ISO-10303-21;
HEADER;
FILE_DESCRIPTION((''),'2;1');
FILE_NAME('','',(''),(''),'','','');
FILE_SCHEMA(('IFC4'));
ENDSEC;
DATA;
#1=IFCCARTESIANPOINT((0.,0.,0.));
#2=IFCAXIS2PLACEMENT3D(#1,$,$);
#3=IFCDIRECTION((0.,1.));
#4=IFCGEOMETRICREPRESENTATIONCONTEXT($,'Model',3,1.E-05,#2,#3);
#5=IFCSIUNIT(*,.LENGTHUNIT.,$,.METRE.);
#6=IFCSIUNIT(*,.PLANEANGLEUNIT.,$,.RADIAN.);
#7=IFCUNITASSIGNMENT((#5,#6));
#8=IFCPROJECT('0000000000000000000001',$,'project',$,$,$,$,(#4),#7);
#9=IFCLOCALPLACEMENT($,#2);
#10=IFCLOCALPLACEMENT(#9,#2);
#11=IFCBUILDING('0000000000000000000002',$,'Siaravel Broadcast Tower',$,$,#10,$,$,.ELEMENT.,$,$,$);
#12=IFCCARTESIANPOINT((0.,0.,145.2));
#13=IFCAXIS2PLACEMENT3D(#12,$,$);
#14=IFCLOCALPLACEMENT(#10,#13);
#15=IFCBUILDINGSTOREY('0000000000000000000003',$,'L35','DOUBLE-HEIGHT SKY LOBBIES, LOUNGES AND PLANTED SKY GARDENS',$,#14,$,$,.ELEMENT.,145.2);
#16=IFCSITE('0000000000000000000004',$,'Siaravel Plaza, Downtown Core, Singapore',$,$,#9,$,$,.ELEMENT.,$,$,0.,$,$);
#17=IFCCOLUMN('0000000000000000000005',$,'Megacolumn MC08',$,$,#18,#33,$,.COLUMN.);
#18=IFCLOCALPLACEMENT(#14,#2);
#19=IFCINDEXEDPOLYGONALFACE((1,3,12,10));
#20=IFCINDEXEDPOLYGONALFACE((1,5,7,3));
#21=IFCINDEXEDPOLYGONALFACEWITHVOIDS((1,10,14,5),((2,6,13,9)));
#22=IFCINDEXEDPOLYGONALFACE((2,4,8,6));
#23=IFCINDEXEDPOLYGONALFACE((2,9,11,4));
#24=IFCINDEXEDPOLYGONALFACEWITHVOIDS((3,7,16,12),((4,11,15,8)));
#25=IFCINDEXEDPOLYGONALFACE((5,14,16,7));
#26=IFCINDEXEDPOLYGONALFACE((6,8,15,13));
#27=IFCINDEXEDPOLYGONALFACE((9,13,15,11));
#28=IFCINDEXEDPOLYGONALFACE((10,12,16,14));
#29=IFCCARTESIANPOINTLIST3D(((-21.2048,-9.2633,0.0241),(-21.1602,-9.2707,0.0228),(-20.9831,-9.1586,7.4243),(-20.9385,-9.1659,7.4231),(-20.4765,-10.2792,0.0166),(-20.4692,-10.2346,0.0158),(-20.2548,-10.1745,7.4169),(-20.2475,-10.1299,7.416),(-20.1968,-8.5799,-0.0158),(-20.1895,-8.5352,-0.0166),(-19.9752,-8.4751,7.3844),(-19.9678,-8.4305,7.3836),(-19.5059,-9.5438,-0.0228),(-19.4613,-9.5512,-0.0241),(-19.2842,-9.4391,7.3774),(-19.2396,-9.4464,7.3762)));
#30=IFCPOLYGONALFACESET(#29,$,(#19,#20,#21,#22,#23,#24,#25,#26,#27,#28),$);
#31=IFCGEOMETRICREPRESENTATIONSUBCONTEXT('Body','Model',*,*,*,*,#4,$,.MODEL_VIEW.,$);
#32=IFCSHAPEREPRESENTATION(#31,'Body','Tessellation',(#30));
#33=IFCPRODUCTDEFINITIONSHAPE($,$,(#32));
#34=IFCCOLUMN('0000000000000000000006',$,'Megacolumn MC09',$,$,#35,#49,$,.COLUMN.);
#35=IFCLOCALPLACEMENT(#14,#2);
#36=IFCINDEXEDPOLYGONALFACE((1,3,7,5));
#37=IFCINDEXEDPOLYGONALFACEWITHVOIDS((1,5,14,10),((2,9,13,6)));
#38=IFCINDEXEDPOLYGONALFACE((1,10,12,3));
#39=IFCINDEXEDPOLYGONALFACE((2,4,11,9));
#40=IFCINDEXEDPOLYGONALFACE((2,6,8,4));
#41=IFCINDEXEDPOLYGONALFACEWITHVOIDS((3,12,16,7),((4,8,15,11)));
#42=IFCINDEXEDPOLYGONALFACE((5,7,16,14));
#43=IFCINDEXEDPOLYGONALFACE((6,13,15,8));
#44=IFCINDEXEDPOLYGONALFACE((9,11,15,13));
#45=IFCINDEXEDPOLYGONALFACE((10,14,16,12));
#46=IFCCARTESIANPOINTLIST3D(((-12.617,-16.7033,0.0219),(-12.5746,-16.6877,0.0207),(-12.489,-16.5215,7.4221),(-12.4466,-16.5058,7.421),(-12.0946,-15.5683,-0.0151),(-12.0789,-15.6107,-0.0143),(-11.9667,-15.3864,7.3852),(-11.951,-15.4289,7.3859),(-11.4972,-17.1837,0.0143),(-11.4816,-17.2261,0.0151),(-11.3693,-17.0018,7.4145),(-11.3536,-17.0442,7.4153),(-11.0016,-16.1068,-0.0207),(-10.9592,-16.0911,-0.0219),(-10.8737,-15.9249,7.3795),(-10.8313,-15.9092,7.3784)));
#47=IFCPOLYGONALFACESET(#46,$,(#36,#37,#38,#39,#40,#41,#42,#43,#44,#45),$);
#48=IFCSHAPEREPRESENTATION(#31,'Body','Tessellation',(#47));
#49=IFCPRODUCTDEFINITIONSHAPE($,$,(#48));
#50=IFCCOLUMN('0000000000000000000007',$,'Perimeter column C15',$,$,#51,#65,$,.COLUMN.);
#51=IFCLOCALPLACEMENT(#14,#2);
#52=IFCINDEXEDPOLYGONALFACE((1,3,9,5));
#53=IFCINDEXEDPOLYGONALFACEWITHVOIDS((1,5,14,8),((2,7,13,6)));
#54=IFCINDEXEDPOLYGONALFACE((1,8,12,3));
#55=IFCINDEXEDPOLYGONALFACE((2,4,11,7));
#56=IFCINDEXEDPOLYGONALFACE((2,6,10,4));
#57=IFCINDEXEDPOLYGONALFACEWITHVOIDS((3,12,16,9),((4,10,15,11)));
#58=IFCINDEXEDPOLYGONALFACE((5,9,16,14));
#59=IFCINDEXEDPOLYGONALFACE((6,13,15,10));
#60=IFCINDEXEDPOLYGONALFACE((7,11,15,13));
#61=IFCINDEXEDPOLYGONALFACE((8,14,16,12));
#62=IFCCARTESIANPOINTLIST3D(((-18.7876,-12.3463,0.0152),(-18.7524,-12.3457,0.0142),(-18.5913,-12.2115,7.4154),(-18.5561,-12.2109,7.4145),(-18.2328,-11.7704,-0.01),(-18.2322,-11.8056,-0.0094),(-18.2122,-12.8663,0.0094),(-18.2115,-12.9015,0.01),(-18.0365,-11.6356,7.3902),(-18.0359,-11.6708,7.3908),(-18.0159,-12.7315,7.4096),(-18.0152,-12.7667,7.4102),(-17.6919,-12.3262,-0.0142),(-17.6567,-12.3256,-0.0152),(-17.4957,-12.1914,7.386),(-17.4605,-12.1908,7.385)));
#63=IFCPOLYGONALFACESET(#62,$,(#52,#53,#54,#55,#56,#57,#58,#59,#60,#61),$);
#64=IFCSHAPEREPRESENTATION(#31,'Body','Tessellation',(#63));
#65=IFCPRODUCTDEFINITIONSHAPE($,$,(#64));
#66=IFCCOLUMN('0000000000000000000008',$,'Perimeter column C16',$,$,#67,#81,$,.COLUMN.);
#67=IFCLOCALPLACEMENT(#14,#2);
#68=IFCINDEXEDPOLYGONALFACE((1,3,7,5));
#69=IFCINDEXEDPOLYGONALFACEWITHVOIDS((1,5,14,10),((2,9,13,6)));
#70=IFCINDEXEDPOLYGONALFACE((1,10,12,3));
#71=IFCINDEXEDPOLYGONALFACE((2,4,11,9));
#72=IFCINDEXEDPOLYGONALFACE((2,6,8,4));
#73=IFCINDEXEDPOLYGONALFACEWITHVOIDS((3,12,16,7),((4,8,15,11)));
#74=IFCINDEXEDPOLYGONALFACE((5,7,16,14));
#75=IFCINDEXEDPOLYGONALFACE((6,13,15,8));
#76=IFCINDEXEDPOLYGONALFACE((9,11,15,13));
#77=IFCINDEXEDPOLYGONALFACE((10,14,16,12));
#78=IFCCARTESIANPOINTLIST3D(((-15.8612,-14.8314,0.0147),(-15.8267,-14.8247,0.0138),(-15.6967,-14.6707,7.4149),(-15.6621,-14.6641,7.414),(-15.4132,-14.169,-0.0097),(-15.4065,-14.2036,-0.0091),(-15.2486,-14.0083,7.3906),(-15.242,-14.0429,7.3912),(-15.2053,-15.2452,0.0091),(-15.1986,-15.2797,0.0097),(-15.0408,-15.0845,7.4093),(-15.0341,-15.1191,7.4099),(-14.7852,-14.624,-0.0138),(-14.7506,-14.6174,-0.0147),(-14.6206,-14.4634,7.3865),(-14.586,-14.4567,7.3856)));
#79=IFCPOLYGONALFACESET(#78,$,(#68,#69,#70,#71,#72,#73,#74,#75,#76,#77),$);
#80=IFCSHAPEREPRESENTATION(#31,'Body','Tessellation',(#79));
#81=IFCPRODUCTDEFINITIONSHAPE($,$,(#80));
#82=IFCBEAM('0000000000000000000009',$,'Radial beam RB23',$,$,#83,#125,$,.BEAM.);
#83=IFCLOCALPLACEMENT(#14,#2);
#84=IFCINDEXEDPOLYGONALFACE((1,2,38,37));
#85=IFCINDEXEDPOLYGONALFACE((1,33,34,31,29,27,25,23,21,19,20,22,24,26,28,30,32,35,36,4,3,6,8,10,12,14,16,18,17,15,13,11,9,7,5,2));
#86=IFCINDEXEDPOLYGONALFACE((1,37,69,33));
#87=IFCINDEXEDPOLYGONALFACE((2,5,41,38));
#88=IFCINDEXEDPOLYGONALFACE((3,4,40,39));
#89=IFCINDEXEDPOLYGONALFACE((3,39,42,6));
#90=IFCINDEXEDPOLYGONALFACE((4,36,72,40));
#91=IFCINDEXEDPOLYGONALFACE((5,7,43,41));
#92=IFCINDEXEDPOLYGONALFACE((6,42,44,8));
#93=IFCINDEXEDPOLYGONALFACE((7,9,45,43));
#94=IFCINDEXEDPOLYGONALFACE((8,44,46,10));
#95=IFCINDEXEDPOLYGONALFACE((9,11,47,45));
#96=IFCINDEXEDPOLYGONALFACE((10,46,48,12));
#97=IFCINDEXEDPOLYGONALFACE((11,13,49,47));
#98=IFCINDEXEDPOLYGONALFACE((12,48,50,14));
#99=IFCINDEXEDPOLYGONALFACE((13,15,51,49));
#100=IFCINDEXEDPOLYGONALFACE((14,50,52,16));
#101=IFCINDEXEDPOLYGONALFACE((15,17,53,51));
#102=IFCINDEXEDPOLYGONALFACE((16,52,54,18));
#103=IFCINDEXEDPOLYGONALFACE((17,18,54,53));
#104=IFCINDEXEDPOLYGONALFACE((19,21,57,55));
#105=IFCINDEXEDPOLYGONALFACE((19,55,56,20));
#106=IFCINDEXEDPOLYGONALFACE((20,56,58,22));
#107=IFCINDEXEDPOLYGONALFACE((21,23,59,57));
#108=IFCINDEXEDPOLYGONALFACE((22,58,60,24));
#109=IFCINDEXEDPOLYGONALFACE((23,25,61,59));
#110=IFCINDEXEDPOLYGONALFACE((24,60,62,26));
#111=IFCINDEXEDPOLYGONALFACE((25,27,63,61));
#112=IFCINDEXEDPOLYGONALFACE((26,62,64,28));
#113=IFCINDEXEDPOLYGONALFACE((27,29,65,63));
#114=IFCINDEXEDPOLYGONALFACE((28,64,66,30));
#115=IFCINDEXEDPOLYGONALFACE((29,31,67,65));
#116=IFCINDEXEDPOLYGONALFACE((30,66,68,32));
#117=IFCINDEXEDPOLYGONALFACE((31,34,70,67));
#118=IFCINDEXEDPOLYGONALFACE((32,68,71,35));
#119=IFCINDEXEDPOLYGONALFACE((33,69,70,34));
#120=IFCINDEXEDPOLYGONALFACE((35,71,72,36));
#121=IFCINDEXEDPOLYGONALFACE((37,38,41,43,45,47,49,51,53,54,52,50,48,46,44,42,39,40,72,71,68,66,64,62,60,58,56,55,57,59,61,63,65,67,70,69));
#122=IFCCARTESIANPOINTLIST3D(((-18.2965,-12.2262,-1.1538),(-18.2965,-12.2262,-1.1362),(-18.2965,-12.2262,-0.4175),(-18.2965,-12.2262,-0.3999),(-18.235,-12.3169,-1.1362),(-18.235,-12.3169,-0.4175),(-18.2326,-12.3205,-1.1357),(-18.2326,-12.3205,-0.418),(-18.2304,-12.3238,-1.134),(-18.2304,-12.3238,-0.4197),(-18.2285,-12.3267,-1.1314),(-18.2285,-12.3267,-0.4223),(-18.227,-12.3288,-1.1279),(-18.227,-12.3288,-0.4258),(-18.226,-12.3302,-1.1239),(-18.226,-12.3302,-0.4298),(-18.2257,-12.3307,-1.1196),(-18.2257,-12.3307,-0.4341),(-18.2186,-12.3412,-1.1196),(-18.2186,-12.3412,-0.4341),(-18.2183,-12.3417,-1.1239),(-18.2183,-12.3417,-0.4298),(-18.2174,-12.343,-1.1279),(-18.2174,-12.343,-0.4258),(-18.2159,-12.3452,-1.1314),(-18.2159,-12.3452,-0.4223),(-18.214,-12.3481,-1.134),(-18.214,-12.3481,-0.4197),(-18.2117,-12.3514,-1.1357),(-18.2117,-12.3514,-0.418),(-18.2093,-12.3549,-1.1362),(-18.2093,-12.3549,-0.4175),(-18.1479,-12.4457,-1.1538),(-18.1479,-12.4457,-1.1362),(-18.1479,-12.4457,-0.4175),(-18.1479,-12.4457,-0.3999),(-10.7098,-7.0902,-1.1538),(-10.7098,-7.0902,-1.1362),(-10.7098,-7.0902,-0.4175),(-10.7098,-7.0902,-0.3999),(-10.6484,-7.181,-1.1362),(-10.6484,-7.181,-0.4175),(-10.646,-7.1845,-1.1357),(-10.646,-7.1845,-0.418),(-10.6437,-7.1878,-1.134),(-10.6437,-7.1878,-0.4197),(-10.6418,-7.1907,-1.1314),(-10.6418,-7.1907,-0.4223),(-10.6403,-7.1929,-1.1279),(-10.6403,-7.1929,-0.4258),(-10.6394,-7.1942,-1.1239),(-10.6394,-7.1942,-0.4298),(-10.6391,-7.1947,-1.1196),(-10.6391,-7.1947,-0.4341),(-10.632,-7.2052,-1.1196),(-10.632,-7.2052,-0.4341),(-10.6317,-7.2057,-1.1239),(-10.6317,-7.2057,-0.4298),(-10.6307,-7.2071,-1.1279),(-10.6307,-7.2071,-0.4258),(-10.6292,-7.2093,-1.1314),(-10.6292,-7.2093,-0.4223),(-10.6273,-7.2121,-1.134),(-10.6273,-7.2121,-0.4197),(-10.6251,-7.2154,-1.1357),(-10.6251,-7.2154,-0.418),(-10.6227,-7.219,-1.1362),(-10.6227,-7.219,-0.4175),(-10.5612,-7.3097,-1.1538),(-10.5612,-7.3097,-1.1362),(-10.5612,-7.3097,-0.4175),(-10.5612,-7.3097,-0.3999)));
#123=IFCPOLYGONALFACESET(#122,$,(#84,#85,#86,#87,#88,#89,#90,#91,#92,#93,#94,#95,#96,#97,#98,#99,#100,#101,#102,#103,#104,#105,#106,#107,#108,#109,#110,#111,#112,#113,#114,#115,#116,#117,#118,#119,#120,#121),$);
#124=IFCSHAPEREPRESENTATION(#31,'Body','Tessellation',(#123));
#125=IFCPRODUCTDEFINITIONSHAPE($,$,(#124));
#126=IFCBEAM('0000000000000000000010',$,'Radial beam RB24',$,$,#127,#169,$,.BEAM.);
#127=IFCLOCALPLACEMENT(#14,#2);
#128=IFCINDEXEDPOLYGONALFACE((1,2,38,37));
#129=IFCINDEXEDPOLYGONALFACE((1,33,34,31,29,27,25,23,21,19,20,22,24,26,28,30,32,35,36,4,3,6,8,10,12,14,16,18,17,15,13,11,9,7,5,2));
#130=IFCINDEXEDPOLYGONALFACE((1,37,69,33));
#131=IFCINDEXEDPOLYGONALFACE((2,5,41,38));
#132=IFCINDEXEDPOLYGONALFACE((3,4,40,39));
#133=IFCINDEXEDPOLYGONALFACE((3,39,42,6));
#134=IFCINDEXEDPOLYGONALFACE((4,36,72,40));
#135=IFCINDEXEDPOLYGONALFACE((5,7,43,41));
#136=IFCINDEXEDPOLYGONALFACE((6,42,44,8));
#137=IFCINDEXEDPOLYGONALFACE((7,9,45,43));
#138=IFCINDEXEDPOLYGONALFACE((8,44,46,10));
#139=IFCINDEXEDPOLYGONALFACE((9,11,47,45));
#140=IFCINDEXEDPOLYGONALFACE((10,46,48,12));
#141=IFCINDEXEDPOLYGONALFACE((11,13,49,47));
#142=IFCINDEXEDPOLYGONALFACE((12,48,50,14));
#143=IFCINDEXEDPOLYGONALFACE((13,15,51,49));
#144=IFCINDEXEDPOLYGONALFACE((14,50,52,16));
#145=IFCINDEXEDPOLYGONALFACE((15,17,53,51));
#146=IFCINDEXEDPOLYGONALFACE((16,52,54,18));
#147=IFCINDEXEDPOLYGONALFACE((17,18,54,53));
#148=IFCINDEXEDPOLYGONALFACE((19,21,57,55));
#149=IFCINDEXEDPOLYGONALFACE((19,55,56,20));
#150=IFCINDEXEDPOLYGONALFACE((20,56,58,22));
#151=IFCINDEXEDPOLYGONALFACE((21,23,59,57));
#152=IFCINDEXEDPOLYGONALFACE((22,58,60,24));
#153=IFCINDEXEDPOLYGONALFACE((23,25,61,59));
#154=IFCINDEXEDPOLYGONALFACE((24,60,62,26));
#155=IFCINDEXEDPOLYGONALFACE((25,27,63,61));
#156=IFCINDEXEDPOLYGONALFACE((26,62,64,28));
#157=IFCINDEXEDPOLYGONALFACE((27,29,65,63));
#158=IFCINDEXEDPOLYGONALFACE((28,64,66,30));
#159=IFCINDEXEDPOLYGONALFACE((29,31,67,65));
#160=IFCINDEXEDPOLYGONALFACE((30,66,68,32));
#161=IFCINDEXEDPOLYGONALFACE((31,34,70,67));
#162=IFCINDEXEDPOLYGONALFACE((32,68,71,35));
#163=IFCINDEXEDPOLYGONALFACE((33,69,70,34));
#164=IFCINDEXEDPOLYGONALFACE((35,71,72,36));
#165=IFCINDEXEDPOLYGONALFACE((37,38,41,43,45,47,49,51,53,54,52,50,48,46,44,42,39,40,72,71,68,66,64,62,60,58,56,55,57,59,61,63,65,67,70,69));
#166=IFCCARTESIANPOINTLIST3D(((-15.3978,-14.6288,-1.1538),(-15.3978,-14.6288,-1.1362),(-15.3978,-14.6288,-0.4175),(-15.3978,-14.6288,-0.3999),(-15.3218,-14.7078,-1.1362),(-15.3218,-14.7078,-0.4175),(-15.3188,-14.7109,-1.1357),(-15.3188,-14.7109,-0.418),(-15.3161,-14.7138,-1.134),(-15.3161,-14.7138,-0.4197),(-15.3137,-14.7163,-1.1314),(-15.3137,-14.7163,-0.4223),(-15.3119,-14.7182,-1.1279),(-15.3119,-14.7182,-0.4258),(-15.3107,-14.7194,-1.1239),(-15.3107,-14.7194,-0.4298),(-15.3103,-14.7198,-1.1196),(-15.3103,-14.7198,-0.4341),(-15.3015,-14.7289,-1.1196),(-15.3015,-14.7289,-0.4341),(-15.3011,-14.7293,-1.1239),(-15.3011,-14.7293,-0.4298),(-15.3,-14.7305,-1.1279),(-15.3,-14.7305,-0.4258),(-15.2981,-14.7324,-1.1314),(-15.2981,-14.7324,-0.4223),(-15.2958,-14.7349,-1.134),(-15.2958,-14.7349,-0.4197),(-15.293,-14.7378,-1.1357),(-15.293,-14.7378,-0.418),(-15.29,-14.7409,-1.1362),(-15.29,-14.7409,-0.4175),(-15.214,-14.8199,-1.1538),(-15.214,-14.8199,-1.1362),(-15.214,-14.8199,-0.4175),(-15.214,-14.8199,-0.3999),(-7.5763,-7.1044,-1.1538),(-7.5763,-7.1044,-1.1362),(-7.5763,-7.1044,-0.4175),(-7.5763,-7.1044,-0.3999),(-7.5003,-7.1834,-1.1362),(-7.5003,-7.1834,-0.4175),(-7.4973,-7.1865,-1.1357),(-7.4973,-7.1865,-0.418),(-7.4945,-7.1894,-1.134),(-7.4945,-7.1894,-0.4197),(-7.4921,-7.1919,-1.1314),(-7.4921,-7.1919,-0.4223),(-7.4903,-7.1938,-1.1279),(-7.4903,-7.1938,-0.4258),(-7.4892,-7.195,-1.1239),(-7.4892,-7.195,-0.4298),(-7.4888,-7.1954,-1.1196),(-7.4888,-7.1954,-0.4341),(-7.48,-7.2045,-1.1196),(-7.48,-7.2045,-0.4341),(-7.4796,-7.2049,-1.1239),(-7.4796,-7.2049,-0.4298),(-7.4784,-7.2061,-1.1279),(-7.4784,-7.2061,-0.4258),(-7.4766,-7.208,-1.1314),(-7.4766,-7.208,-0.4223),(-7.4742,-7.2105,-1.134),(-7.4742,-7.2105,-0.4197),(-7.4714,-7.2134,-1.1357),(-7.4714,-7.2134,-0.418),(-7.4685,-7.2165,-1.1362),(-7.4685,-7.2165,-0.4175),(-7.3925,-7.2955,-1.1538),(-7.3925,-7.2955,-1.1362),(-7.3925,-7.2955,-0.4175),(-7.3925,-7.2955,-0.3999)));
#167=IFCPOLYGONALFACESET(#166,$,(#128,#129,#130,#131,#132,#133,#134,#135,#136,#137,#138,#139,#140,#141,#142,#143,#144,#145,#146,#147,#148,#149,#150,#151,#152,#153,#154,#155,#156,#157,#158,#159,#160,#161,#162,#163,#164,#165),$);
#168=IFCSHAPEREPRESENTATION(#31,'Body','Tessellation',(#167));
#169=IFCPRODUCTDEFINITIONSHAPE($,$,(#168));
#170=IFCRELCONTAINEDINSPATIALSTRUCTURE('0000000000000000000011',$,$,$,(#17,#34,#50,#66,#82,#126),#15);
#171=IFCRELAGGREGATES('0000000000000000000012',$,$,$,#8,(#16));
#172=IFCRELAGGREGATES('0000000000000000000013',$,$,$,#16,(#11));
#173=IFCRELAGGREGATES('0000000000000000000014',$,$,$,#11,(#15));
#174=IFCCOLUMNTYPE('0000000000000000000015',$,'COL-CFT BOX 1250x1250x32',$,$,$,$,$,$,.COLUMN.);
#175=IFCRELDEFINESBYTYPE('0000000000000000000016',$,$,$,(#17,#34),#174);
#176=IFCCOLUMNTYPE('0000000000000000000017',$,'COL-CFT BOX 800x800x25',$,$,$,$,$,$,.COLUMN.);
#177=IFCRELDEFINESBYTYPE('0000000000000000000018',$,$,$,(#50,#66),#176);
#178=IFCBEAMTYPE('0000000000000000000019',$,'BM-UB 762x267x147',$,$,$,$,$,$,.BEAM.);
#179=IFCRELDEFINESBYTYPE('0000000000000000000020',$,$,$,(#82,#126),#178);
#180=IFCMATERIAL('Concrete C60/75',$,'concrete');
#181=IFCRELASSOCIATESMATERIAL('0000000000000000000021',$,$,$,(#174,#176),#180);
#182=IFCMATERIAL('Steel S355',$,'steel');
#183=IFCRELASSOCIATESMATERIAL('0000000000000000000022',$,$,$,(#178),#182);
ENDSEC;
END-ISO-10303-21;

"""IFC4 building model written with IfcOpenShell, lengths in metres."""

from ifc_helpers import new_model, si_unit, direction, frame, origin, origin_2d, place, context, subcontext, project, spatial, hollow_rectangle, i_section, extrude, material, material_profile, profile_set, type_object, element, save


model = new_model("IFC4")

# Units and contexts
model_context = context("Model", 3, precision=1e-05, world=origin(), true_north=direction((0.0, 1.0)))
body_context = subcontext(model_context, "Body", "Model", "MODEL_VIEW")
ifc_project = project(units=[si_unit("LENGTHUNIT", "METRE"), si_unit("PLANEANGLEUNIT", "RADIAN")], contexts=[model_context])

# Site, building, storey
site_placement = place(None, origin())
site = spatial("IfcSite", under=ifc_project, at=site_placement, Name="Siaravel Plaza, Downtown Core, Singapore", CompositionType="ELEMENT", RefElevation=0.0)
building_placement = place(site_placement, origin())
building = spatial("IfcBuilding", under=site, at=building_placement, Name="Siaravel Broadcast Tower", CompositionType="ELEMENT")
storey_placement = place(building_placement, frame((0.0, 0.0, 145.2)))
storey = spatial("IfcBuildingStorey", under=building, at=storey_placement, Name="L35", Description="DOUBLE-HEIGHT SKY LOBBIES, LOUNGES AND PLANTED SKY GARDENS", CompositionType="ELEMENT", Elevation=145.2)

# Columns
ifc_material_1 = material(Name="Concrete C60/75", Category="concrete")
ifc_material_profile_1 = material_profile(ifc_material_1, hollow_rectangle(XDim=1.25, YDim=1.25, WallThickness=0.032, at=origin_2d()))
ifc_profile_set_1 = profile_set([ifc_material_profile_1], Name="Concrete C60/75")
column_type_1 = type_object("IfcColumnType", Name="COL-CFT BOX 1250x1250x32", PredefinedType="COLUMN", material=ifc_profile_set_1)
column_1_placement = place(storey_placement, frame((-20.333, -9.4072, 0.0), z_axis=(0.02994, 0.014146, 0.999452), x_axis=(-0.58259, 0.812745, 0.005949)))
element("IfcColumn", 1, at=column_1_placement, inside=storey, type_object=column_type_1, Name="Megacolumn MC08", PredefinedType="COLUMN", context=body_context, shape_type="SweptSolid", body=[
    extrude(hollow_rectangle(XDim=1.25, YDim=1.25, WallThickness=0.032, at=origin_2d()), origin(), (0.0, 0.0, 1.0), 7.4043),
])
column_2_placement = place(storey_placement, frame((-11.7881, -16.3972, 0.0), z_axis=(0.01728, 0.024567, 0.999549), x_axis=(-0.908331, 0.418217, 0.005424)))
element("IfcColumn", 2, at=column_2_placement, inside=storey, type_object=column_type_1, Name="Megacolumn MC09", PredefinedType="COLUMN", context=body_context, shape_type="SweptSolid", body=[
    extrude(hollow_rectangle(XDim=1.25, YDim=1.25, WallThickness=0.032, at=origin_2d()), origin(), (0.0, 0.0, 1.0), 7.4036),
])
ifc_material_profile_2 = material_profile(ifc_material_1, hollow_rectangle(XDim=0.8, YDim=0.8, WallThickness=0.0249, at=origin_2d()))
ifc_profile_set_2 = profile_set([ifc_material_profile_2], Name="Concrete C60/75")
column_type_2 = type_object("IfcColumnType", Name="COL-CFT BOX 800x800x25", PredefinedType="COLUMN", material=ifc_profile_set_2)
column_3_placement = place(storey_placement, frame((-18.2222, -12.3359, 0.0), z_axis=(0.026511, 0.018202, 0.999483), x_axis=(-0.720044, 0.693898, 0.006462)))
element("IfcColumn", 3, at=column_3_placement, inside=storey, type_object=column_type_2, Name="Perimeter column C15", PredefinedType="COLUMN", context=body_context, shape_type="SweptSolid", body=[
    extrude(hollow_rectangle(XDim=0.8, YDim=0.8, WallThickness=0.0249, at=origin_2d()), origin(), (0.0, 0.0, 1.0), 7.4041),
])
column_4_placement = place(storey_placement, frame((-15.3059, -14.7244, 0.0), z_axis=(0.022225, 0.021698, 0.999518), x_axis=(-0.828185, 0.560421, 0.00625)))
element("IfcColumn", 4, at=column_4_placement, inside=storey, type_object=column_type_2, Name="Perimeter column C16", PredefinedType="COLUMN", context=body_context, shape_type="SweptSolid", body=[
    extrude(hollow_rectangle(XDim=0.8, YDim=0.8, WallThickness=0.0249, at=origin_2d()), origin(), (0.0, 0.0, 1.0), 7.4038),
])

# Beams
ifc_material_2 = material(Name="Steel S355", Category="steel")
ifc_material_profile_3 = material_profile(ifc_material_2, i_section(OverallWidth=0.2651, OverallDepth=0.7539, WebThickness=0.0127, FlangeThickness=0.0176, FilletRadius=0.0166, at=origin_2d()))
ifc_profile_set_3 = profile_set([ifc_material_profile_3], Name="Steel S355")
beam_type = type_object("IfcBeamType", Name="BM-UB 762x267x147", PredefinedType="BEAM", material=ifc_profile_set_3)
beam_1_placement = place(storey_placement, frame((-18.2222, -12.3359, -0.7769), z_axis=(0.828089, 0.560596, 0.0), x_axis=(-0.560596, 0.828089, 0.0)))
element("IfcBeam", 5, at=beam_1_placement, inside=storey, type_object=beam_type, Name="Radial beam RB23", PredefinedType="BEAM", context=body_context, shape_type="SweptSolid", body=[
    extrude(i_section(OverallWidth=0.2651, OverallDepth=0.7539, WebThickness=0.0127, FlangeThickness=0.0176, FilletRadius=0.0166, at=origin_2d()), origin(), (0.0, 0.0, 1.0), 9.1616),
])
beam_2_placement = place(storey_placement, frame((-15.3059, -14.7244, -0.7769), z_axis=(0.720662, 0.693286, 0.0), x_axis=(-0.693286, 0.720662, 0.0)))
element("IfcBeam", 6, at=beam_2_placement, inside=storey, type_object=beam_type, Name="Radial beam RB24", PredefinedType="BEAM", context=body_context, shape_type="SweptSolid", body=[
    extrude(i_section(OverallWidth=0.2651, OverallDepth=0.7539, WebThickness=0.0127, FlangeThickness=0.0176, FilletRadius=0.0166, at=origin_2d()), origin(), (0.0, 0.0, 1.0), 10.8533),
])

save(model, "model.ifc")
